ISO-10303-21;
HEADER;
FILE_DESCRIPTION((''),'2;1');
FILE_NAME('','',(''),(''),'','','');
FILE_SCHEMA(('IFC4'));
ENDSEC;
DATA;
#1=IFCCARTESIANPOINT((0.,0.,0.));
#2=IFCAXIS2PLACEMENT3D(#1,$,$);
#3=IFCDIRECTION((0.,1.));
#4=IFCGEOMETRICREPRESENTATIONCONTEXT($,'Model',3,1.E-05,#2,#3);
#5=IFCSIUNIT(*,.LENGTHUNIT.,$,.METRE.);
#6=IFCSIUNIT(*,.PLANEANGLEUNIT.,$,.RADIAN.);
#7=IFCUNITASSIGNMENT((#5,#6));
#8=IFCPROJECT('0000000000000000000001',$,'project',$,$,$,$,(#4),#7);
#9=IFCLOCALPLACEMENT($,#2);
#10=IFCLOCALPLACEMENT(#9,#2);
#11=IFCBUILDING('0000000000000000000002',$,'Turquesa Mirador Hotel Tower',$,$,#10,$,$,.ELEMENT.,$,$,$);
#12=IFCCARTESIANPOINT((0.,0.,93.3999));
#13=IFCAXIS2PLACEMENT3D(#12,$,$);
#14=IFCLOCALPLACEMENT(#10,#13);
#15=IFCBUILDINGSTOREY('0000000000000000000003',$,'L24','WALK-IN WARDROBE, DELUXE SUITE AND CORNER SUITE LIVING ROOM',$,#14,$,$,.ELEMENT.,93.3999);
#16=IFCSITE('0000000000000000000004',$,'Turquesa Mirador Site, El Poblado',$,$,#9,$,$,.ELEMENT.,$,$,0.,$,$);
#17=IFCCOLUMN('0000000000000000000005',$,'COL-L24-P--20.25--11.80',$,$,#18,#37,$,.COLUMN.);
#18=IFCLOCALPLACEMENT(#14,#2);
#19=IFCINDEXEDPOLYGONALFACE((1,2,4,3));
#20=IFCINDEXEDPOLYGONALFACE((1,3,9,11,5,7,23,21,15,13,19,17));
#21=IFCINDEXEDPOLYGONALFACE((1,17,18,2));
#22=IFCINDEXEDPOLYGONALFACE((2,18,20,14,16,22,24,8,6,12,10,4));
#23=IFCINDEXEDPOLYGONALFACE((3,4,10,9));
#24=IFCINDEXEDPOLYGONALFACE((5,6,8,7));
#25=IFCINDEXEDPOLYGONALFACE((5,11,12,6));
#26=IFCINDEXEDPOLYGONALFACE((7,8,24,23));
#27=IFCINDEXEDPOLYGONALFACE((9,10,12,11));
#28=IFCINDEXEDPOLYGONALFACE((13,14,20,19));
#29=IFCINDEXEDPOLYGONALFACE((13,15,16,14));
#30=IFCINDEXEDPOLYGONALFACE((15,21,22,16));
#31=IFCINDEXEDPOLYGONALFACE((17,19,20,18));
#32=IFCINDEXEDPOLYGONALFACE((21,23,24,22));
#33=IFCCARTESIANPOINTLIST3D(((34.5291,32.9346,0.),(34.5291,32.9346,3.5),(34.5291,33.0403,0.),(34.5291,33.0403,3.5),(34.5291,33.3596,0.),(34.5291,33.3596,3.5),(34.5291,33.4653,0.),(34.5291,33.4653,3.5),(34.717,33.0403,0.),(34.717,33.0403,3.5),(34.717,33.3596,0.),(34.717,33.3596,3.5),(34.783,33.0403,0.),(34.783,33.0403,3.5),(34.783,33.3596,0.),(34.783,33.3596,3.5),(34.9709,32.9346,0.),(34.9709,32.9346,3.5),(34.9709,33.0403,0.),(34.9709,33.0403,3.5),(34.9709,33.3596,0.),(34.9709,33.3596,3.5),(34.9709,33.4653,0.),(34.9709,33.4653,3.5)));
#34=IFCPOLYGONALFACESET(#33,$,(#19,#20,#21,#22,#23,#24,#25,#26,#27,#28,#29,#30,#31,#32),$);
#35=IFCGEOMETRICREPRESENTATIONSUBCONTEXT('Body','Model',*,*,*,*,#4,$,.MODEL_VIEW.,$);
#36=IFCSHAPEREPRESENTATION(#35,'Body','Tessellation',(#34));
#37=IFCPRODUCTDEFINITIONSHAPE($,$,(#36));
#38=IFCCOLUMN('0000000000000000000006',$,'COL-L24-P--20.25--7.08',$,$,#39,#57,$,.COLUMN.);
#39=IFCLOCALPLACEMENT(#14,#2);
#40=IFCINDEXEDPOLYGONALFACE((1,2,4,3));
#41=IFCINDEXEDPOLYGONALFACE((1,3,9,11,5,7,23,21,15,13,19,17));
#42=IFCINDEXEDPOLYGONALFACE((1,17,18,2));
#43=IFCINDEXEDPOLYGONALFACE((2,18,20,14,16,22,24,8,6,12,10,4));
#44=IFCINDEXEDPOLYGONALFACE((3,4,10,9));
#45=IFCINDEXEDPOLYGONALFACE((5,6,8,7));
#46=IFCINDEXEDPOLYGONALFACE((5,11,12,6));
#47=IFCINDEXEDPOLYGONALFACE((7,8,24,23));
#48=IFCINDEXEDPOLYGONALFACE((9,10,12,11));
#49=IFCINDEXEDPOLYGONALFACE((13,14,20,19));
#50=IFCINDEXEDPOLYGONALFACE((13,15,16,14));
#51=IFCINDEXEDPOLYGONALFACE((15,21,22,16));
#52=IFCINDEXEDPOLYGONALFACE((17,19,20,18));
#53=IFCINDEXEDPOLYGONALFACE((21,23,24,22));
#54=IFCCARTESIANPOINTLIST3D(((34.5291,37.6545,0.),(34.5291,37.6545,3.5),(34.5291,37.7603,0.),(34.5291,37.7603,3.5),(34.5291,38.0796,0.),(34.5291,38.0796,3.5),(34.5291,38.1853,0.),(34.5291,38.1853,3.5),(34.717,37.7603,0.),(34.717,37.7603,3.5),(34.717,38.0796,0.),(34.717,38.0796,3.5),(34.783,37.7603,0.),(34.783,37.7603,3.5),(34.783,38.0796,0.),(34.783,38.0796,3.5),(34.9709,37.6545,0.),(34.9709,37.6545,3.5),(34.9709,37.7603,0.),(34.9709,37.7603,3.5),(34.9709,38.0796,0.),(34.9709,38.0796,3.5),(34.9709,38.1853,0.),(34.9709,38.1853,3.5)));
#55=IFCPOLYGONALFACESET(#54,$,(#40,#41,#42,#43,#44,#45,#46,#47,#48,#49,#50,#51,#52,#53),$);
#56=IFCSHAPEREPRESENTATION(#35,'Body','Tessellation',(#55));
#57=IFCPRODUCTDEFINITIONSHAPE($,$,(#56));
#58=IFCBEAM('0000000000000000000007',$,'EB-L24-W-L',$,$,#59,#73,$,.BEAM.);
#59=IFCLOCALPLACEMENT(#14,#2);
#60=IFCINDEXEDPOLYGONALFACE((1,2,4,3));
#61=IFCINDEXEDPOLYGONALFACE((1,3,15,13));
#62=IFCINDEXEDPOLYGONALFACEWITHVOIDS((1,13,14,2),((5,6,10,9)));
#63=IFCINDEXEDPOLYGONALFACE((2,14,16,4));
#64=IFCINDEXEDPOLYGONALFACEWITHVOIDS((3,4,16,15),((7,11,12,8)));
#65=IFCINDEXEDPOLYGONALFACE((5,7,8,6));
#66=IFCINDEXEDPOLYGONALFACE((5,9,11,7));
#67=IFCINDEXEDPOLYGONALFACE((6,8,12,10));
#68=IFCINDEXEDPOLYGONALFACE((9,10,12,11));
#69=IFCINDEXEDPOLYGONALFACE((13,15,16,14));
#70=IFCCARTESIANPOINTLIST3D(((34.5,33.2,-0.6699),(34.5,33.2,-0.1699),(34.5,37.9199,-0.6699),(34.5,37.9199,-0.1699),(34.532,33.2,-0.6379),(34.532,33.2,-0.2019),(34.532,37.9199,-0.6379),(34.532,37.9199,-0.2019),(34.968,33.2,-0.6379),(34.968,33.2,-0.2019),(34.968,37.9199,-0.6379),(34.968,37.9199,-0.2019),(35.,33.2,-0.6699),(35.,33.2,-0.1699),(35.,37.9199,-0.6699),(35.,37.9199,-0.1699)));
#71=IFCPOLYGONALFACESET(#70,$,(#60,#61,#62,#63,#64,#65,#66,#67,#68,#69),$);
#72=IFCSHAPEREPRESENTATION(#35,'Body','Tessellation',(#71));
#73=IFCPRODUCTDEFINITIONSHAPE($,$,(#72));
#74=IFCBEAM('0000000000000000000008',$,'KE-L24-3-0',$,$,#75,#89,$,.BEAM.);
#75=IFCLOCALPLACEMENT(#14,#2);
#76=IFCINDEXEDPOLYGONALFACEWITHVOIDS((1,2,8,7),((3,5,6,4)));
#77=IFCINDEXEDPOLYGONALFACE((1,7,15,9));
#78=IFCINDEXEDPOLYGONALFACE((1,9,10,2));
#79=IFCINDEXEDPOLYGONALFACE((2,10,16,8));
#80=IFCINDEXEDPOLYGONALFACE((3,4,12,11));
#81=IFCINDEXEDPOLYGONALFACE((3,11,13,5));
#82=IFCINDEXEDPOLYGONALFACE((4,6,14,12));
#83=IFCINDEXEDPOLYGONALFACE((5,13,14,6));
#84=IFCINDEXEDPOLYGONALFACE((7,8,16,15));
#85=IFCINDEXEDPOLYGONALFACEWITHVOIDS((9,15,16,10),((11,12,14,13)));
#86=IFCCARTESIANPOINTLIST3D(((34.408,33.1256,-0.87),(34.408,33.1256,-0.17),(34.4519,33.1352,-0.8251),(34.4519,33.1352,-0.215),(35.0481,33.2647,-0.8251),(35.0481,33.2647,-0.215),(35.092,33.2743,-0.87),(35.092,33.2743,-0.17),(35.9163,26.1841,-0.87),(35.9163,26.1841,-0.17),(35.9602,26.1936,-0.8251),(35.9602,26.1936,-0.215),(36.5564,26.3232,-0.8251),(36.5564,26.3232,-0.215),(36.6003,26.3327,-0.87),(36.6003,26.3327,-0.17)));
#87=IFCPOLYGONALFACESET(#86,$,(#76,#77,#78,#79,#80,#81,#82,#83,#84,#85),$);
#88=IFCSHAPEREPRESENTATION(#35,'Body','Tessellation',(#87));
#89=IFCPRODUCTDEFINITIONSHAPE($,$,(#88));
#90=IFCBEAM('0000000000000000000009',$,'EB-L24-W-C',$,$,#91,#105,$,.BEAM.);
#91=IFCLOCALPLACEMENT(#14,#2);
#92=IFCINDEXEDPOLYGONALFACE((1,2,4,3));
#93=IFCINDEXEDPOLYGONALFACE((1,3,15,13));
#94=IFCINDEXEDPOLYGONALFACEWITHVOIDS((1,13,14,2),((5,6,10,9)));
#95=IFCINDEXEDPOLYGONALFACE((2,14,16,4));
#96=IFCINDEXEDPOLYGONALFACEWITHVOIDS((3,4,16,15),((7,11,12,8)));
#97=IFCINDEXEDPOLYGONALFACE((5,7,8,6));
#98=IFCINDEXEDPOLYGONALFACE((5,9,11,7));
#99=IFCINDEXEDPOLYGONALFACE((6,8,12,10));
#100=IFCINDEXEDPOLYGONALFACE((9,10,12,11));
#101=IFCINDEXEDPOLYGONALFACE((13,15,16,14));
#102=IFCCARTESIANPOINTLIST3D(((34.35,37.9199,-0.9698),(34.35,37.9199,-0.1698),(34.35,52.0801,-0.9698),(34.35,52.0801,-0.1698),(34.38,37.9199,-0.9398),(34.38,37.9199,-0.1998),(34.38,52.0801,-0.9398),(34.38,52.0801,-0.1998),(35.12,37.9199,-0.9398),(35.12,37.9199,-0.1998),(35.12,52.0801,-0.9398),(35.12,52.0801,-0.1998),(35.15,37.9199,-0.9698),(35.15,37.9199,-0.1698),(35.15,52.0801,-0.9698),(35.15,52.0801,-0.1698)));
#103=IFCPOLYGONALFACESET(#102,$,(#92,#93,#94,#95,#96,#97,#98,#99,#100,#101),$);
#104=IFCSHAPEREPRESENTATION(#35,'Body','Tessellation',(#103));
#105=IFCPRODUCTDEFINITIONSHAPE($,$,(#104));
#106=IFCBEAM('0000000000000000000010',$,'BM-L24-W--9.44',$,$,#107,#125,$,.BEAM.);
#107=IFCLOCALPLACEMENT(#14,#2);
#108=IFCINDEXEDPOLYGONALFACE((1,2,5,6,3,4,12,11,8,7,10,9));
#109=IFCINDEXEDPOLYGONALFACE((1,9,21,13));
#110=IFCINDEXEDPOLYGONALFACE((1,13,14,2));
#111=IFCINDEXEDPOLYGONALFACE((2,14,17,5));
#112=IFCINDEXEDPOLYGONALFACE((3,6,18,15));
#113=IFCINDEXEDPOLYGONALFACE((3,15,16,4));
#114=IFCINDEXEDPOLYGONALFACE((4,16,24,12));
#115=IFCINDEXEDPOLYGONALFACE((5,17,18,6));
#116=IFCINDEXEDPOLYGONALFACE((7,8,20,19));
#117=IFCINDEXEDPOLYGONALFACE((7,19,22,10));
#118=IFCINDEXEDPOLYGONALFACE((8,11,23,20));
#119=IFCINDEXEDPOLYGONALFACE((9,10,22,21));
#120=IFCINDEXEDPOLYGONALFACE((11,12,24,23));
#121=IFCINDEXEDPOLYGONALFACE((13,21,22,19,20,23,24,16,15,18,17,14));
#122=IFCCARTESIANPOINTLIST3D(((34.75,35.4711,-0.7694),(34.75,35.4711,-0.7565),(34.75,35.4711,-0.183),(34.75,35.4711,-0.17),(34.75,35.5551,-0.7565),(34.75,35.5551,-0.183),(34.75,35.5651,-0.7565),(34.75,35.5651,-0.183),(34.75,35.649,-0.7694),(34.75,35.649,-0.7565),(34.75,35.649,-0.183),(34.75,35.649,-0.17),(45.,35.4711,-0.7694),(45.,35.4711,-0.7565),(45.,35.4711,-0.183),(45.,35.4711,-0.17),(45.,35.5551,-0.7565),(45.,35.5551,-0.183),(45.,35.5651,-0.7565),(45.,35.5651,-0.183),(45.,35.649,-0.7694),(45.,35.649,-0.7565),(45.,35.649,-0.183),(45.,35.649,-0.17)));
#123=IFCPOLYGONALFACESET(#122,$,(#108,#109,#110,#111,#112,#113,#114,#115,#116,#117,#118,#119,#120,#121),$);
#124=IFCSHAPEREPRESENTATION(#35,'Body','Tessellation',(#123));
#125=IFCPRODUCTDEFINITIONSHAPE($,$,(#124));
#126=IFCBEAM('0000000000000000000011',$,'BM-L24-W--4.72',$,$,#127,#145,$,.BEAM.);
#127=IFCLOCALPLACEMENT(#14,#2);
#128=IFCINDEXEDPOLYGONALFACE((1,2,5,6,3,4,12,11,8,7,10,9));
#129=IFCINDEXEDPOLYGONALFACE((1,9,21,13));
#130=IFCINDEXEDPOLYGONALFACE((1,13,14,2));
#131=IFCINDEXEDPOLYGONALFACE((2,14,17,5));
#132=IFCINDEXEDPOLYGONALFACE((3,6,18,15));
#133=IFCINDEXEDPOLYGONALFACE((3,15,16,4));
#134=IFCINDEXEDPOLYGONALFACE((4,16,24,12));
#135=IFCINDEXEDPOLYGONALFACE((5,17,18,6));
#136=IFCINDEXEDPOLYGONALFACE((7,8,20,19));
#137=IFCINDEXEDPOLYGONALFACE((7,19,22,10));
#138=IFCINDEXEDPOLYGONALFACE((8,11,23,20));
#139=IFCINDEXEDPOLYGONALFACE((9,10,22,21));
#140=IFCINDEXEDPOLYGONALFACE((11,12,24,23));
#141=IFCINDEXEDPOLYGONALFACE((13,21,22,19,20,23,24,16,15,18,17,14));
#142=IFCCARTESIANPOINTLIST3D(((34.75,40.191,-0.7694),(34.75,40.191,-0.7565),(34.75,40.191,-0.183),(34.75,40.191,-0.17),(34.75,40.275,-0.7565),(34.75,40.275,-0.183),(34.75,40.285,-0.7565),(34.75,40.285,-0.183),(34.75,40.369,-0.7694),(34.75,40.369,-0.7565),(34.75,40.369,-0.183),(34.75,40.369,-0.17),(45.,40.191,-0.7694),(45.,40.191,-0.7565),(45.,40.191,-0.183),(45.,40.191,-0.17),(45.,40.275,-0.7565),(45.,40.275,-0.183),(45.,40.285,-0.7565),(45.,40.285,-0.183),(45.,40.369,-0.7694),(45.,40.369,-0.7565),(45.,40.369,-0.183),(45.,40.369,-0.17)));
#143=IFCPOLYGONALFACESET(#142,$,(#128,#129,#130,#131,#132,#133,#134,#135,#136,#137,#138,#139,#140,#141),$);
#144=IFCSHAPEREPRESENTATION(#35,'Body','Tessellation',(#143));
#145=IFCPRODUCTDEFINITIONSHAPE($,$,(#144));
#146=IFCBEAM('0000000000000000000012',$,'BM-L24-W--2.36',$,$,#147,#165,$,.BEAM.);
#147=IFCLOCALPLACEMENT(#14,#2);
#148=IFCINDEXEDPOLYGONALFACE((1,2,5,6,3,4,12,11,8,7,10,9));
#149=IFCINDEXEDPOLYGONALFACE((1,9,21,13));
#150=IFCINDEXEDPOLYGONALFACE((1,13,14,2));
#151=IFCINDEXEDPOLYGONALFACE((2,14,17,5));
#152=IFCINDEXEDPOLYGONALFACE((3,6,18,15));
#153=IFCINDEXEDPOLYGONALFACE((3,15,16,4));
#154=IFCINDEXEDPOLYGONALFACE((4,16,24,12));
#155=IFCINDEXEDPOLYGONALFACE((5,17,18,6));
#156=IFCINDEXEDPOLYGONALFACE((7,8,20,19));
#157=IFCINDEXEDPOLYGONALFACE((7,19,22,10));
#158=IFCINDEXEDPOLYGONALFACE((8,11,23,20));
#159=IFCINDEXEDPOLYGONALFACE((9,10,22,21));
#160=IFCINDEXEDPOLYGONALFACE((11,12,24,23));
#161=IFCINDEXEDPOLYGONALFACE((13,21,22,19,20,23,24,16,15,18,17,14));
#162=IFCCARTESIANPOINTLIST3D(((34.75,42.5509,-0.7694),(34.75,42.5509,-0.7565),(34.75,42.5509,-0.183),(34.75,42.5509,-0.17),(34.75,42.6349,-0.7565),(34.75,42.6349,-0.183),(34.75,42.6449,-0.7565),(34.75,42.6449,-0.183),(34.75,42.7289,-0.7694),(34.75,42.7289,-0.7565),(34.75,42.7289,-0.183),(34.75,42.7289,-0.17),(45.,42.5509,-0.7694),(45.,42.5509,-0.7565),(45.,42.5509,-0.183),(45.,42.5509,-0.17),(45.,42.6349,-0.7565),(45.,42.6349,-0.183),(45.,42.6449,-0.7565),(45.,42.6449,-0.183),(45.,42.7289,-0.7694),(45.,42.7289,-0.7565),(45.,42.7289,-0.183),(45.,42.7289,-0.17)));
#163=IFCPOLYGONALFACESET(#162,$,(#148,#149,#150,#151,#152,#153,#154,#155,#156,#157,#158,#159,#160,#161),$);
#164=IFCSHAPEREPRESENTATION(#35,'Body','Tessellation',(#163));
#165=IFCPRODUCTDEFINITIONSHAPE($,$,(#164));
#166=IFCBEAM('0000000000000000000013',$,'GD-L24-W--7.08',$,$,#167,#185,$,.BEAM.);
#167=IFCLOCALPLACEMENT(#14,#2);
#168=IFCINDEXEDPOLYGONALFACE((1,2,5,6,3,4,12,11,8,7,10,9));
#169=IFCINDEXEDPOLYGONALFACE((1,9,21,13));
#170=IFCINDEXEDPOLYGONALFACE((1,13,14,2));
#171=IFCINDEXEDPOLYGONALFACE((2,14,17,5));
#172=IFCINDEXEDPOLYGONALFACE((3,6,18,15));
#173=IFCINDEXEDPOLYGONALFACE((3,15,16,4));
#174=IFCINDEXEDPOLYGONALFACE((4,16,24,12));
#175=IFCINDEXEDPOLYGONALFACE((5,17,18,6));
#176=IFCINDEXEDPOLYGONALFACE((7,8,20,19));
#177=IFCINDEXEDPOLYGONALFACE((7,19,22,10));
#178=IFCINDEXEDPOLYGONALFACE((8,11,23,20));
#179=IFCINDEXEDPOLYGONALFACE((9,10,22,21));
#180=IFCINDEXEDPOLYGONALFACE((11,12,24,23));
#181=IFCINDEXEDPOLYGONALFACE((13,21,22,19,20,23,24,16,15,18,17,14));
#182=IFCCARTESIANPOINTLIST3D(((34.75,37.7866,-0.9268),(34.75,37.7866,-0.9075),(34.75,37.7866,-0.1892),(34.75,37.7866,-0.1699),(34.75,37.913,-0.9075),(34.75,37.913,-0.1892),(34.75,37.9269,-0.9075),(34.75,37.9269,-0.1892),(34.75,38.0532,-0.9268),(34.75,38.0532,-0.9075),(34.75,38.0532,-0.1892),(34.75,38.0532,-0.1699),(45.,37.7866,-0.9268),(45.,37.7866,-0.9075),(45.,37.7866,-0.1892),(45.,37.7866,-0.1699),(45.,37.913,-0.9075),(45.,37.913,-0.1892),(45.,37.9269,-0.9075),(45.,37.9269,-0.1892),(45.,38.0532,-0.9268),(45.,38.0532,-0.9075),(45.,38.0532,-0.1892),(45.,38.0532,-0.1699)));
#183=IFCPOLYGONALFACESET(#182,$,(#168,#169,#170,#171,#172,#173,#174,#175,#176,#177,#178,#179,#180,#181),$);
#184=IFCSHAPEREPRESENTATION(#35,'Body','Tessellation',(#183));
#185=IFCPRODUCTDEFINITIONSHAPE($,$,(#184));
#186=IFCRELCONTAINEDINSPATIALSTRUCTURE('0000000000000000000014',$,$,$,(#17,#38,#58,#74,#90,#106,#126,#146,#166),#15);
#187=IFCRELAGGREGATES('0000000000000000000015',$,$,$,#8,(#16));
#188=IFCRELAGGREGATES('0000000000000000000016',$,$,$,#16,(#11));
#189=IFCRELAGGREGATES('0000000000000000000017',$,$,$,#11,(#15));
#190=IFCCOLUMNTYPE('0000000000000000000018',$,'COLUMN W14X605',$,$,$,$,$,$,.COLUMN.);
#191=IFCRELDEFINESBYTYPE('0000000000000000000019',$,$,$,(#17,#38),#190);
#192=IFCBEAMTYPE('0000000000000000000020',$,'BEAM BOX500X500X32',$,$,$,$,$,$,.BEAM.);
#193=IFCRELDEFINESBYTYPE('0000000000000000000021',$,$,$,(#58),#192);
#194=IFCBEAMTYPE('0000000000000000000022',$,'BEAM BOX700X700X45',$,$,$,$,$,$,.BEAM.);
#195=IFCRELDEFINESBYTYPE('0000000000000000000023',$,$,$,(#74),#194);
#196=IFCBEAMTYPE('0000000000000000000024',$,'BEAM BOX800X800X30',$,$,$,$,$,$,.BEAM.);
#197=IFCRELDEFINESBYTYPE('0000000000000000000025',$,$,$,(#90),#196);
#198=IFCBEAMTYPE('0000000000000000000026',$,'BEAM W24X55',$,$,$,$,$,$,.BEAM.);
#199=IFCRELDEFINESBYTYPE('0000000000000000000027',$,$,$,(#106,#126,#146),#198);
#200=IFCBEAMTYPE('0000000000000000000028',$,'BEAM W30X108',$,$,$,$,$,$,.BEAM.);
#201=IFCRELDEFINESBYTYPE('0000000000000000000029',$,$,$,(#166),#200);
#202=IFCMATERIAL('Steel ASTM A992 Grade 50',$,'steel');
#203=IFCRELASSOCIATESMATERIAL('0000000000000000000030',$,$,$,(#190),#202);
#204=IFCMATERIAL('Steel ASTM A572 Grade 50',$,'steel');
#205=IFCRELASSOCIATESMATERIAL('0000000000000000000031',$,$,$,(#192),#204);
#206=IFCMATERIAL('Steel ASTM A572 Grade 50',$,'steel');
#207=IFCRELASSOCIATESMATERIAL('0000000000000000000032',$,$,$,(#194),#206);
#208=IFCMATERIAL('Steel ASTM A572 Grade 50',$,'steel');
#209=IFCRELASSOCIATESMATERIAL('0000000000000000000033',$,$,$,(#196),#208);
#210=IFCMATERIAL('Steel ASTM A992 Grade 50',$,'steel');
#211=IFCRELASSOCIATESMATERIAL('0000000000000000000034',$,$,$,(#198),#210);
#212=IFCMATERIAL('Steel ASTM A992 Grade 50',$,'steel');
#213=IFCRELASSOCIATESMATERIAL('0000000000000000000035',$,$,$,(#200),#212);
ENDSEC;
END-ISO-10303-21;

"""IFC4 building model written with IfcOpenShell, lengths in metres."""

from ifc_helpers import new_model, si_unit, direction, frame, origin, origin_2d, place, context, subcontext, project, spatial, hollow_rectangle, i_section, extrude, material, material_profile, profile_set, type_object, element, save


model = new_model("IFC4")

# Units and contexts
model_context = context("Model", 3, precision=1e-05, world=origin(), true_north=direction((0.0, 1.0)))
body_context = subcontext(model_context, "Body", "Model", "MODEL_VIEW")
ifc_project = project(units=[si_unit("LENGTHUNIT", "METRE"), si_unit("PLANEANGLEUNIT", "RADIAN")], contexts=[model_context])

# Site, building, storey
site_placement = place(None, origin())
site = spatial("IfcSite", under=ifc_project, at=site_placement, Name="Turquesa Mirador Site, El Poblado", CompositionType="ELEMENT", RefElevation=0.0)
building_placement = place(site_placement, origin())
building = spatial("IfcBuilding", under=site, at=building_placement, Name="Turquesa Mirador Hotel Tower", CompositionType="ELEMENT")
storey_placement = place(building_placement, frame((0.0, 0.0, 93.3999)))
storey = spatial("IfcBuildingStorey", under=building, at=storey_placement, Name="L24", Description="WALK-IN WARDROBE, DELUXE SUITE AND CORNER SUITE LIVING ROOM", CompositionType="ELEMENT", Elevation=93.3999)

# Columns
ifc_material_1 = material(Name="Steel ASTM A992 Grade 50", Category="steel")
ifc_material_profile_1 = material_profile(ifc_material_1, i_section(OverallWidth=0.4419, OverallDepth=0.5308, WebThickness=0.0659, FlangeThickness=0.1057, at=origin_2d()), Name="W14X605")
ifc_profile_set_1 = profile_set([ifc_material_profile_1], Name="Steel ASTM A992 Grade 50")
column_type = type_object("IfcColumnType", Name="COLUMN W14X605", PredefinedType="COLUMN", material=ifc_profile_set_1)
for number, where, z_axis, x_axis, name in (
    (1, (34.75, 33.2, 0.0), (0.0, 0.0, 1.0), (1.0, 0.0, 0.0), "COL-L24-P--20.25--11.80"),
    (2, (34.75, 37.9199, 0.0), (0.0, 0.0, 1.0), (1.0, 0.0, 0.0), "COL-L24-P--20.25--7.08"),
):
    element("IfcColumn", number, at=place(storey_placement, frame(where, z_axis=z_axis, x_axis=x_axis)), inside=storey, type_object=column_type, Name=name, PredefinedType="COLUMN", context=body_context, shape_type="SweptSolid", body=[
        extrude(i_section(OverallWidth=0.4419, OverallDepth=0.5308, WebThickness=0.0659, FlangeThickness=0.1057, at=origin_2d()), origin(), (0.0, 0.0, 1.0), 3.5),
    ])

# Beams
ifc_material_2 = material(Name="Steel ASTM A572 Grade 50", Category="steel")
ifc_material_profile_2 = material_profile(ifc_material_2, hollow_rectangle(XDim=0.5, YDim=0.5, WallThickness=0.032, at=origin_2d()), Name="BOX500X500X32")
ifc_profile_set_2 = profile_set([ifc_material_profile_2], Name="Steel ASTM A572 Grade 50")
beam_type_1 = type_object("IfcBeamType", Name="BEAM BOX500X500X32", PredefinedType="BEAM", material=ifc_profile_set_2)
beam_1_placement = place(storey_placement, frame((34.75, 33.2, -0.4199), z_axis=(0.0, 1.0, 0.0), x_axis=(-1.0, 0.0, 0.0)))
element("IfcBeam", 3, at=beam_1_placement, inside=storey, type_object=beam_type_1, Name="EB-L24-W-L", PredefinedType="BEAM", context=body_context, shape_type="SweptSolid", body=[
    extrude(hollow_rectangle(XDim=0.5, YDim=0.5, WallThickness=0.032, at=origin_2d()), origin(), (0.0, 0.0, 1.0), 4.72),
])
ifc_material_3 = material(Name="Steel ASTM A572 Grade 50", Category="steel")
ifc_material_profile_3 = material_profile(ifc_material_3, hollow_rectangle(XDim=0.7, YDim=0.7, WallThickness=0.0449, at=origin_2d()), Name="BOX700X700X45")
ifc_profile_set_3 = profile_set([ifc_material_profile_3], Name="Steel ASTM A572 Grade 50")
beam_type_2 = type_object("IfcBeamType", Name="BEAM BOX700X700X45", PredefinedType="BEAM", material=ifc_profile_set_3)
beam_2_placement = place(storey_placement, frame((34.75, 33.2, -0.52), z_axis=(0.212328, -0.977198, 0.0), x_axis=(0.977198, 0.212328, 0.0)))
element("IfcBeam", 4, at=beam_2_placement, inside=storey, type_object=beam_type_2, Name="KE-L24-3-0", PredefinedType="BEAM", context=body_context, shape_type="SweptSolid", body=[
    extrude(hollow_rectangle(XDim=0.7, YDim=0.7, WallThickness=0.0449, at=origin_2d()), origin(), (0.0, 0.0, 1.0), 7.1035),
])
ifc_material_4 = material(Name="Steel ASTM A572 Grade 50", Category="steel")
ifc_material_profile_4 = material_profile(ifc_material_4, hollow_rectangle(XDim=0.8, YDim=0.8, WallThickness=0.03, at=origin_2d()), Name="BOX800X800X30")
ifc_profile_set_4 = profile_set([ifc_material_profile_4], Name="Steel ASTM A572 Grade 50")
beam_type_3 = type_object("IfcBeamType", Name="BEAM BOX800X800X30", PredefinedType="BEAM", material=ifc_profile_set_4)
beam_3_placement = place(storey_placement, frame((34.75, 37.9199, -0.5698), z_axis=(0.0, 1.0, 0.0), x_axis=(-1.0, 0.0, 0.0)))
element("IfcBeam", 5, at=beam_3_placement, inside=storey, type_object=beam_type_3, Name="EB-L24-W-C", PredefinedType="BEAM", context=body_context, shape_type="SweptSolid", body=[
    extrude(hollow_rectangle(XDim=0.8, YDim=0.8, WallThickness=0.03, at=origin_2d()), origin(), (0.0, 0.0, 1.0), 14.1602),
])
ifc_material_5 = material(Name="Steel ASTM A992 Grade 50", Category="steel")
ifc_material_profile_5 = material_profile(ifc_material_5, i_section(OverallWidth=0.178, OverallDepth=0.5994, WebThickness=0.01, FlangeThickness=0.0129, at=origin_2d()), Name="W24X55")
ifc_profile_set_5 = profile_set([ifc_material_profile_5], Name="Steel ASTM A992 Grade 50")
beam_type_4 = type_object("IfcBeamType", Name="BEAM W24X55", PredefinedType="BEAM", material=ifc_profile_set_5)
for number, where, z_axis, x_axis, name in (
    (6, (34.75, 35.5601, -0.4697), (1.0, 0.0, 0.0), (0.0, 1.0, 0.0), "BM-L24-W--9.44"),
    (7, (34.75, 40.28, -0.4697), (1.0, 0.0, 0.0), (0.0, 1.0, 0.0), "BM-L24-W--4.72"),
    (8, (34.75, 42.6399, -0.4697), (1.0, 0.0, 0.0), (0.0, 1.0, 0.0), "BM-L24-W--2.36"),
):
    element("IfcBeam", number, at=place(storey_placement, frame(where, z_axis=z_axis, x_axis=x_axis)), inside=storey, type_object=beam_type_4, Name=name, PredefinedType="BEAM", context=body_context, shape_type="SweptSolid", body=[
        extrude(i_section(OverallWidth=0.178, OverallDepth=0.5994, WebThickness=0.01, FlangeThickness=0.0129, at=origin_2d()), origin(), (0.0, 0.0, 1.0), 10.25),
    ])
ifc_material_6 = material(Name="Steel ASTM A992 Grade 50", Category="steel")
ifc_material_profile_6 = material_profile(ifc_material_6, i_section(OverallWidth=0.2666, OverallDepth=0.7568, WebThickness=0.0139, FlangeThickness=0.0193, at=origin_2d()), Name="W30X108")
ifc_profile_set_6 = profile_set([ifc_material_profile_6], Name="Steel ASTM A992 Grade 50")
beam_type_5 = type_object("IfcBeamType", Name="BEAM W30X108", PredefinedType="BEAM", material=ifc_profile_set_6)
beam_4_placement = place(storey_placement, frame((34.75, 37.9199, -0.5483), z_axis=(1.0, 0.0, 0.0), x_axis=(0.0, 1.0, 0.0)))
element("IfcBeam", 9, at=beam_4_placement, inside=storey, type_object=beam_type_5, Name="GD-L24-W--7.08", PredefinedType="BEAM", context=body_context, shape_type="SweptSolid", body=[
    extrude(i_section(OverallWidth=0.2666, OverallDepth=0.7568, WebThickness=0.0139, FlangeThickness=0.0193, at=origin_2d()), origin(), (0.0, 0.0, 1.0), 10.25),
])

save(model, "model.ifc")
